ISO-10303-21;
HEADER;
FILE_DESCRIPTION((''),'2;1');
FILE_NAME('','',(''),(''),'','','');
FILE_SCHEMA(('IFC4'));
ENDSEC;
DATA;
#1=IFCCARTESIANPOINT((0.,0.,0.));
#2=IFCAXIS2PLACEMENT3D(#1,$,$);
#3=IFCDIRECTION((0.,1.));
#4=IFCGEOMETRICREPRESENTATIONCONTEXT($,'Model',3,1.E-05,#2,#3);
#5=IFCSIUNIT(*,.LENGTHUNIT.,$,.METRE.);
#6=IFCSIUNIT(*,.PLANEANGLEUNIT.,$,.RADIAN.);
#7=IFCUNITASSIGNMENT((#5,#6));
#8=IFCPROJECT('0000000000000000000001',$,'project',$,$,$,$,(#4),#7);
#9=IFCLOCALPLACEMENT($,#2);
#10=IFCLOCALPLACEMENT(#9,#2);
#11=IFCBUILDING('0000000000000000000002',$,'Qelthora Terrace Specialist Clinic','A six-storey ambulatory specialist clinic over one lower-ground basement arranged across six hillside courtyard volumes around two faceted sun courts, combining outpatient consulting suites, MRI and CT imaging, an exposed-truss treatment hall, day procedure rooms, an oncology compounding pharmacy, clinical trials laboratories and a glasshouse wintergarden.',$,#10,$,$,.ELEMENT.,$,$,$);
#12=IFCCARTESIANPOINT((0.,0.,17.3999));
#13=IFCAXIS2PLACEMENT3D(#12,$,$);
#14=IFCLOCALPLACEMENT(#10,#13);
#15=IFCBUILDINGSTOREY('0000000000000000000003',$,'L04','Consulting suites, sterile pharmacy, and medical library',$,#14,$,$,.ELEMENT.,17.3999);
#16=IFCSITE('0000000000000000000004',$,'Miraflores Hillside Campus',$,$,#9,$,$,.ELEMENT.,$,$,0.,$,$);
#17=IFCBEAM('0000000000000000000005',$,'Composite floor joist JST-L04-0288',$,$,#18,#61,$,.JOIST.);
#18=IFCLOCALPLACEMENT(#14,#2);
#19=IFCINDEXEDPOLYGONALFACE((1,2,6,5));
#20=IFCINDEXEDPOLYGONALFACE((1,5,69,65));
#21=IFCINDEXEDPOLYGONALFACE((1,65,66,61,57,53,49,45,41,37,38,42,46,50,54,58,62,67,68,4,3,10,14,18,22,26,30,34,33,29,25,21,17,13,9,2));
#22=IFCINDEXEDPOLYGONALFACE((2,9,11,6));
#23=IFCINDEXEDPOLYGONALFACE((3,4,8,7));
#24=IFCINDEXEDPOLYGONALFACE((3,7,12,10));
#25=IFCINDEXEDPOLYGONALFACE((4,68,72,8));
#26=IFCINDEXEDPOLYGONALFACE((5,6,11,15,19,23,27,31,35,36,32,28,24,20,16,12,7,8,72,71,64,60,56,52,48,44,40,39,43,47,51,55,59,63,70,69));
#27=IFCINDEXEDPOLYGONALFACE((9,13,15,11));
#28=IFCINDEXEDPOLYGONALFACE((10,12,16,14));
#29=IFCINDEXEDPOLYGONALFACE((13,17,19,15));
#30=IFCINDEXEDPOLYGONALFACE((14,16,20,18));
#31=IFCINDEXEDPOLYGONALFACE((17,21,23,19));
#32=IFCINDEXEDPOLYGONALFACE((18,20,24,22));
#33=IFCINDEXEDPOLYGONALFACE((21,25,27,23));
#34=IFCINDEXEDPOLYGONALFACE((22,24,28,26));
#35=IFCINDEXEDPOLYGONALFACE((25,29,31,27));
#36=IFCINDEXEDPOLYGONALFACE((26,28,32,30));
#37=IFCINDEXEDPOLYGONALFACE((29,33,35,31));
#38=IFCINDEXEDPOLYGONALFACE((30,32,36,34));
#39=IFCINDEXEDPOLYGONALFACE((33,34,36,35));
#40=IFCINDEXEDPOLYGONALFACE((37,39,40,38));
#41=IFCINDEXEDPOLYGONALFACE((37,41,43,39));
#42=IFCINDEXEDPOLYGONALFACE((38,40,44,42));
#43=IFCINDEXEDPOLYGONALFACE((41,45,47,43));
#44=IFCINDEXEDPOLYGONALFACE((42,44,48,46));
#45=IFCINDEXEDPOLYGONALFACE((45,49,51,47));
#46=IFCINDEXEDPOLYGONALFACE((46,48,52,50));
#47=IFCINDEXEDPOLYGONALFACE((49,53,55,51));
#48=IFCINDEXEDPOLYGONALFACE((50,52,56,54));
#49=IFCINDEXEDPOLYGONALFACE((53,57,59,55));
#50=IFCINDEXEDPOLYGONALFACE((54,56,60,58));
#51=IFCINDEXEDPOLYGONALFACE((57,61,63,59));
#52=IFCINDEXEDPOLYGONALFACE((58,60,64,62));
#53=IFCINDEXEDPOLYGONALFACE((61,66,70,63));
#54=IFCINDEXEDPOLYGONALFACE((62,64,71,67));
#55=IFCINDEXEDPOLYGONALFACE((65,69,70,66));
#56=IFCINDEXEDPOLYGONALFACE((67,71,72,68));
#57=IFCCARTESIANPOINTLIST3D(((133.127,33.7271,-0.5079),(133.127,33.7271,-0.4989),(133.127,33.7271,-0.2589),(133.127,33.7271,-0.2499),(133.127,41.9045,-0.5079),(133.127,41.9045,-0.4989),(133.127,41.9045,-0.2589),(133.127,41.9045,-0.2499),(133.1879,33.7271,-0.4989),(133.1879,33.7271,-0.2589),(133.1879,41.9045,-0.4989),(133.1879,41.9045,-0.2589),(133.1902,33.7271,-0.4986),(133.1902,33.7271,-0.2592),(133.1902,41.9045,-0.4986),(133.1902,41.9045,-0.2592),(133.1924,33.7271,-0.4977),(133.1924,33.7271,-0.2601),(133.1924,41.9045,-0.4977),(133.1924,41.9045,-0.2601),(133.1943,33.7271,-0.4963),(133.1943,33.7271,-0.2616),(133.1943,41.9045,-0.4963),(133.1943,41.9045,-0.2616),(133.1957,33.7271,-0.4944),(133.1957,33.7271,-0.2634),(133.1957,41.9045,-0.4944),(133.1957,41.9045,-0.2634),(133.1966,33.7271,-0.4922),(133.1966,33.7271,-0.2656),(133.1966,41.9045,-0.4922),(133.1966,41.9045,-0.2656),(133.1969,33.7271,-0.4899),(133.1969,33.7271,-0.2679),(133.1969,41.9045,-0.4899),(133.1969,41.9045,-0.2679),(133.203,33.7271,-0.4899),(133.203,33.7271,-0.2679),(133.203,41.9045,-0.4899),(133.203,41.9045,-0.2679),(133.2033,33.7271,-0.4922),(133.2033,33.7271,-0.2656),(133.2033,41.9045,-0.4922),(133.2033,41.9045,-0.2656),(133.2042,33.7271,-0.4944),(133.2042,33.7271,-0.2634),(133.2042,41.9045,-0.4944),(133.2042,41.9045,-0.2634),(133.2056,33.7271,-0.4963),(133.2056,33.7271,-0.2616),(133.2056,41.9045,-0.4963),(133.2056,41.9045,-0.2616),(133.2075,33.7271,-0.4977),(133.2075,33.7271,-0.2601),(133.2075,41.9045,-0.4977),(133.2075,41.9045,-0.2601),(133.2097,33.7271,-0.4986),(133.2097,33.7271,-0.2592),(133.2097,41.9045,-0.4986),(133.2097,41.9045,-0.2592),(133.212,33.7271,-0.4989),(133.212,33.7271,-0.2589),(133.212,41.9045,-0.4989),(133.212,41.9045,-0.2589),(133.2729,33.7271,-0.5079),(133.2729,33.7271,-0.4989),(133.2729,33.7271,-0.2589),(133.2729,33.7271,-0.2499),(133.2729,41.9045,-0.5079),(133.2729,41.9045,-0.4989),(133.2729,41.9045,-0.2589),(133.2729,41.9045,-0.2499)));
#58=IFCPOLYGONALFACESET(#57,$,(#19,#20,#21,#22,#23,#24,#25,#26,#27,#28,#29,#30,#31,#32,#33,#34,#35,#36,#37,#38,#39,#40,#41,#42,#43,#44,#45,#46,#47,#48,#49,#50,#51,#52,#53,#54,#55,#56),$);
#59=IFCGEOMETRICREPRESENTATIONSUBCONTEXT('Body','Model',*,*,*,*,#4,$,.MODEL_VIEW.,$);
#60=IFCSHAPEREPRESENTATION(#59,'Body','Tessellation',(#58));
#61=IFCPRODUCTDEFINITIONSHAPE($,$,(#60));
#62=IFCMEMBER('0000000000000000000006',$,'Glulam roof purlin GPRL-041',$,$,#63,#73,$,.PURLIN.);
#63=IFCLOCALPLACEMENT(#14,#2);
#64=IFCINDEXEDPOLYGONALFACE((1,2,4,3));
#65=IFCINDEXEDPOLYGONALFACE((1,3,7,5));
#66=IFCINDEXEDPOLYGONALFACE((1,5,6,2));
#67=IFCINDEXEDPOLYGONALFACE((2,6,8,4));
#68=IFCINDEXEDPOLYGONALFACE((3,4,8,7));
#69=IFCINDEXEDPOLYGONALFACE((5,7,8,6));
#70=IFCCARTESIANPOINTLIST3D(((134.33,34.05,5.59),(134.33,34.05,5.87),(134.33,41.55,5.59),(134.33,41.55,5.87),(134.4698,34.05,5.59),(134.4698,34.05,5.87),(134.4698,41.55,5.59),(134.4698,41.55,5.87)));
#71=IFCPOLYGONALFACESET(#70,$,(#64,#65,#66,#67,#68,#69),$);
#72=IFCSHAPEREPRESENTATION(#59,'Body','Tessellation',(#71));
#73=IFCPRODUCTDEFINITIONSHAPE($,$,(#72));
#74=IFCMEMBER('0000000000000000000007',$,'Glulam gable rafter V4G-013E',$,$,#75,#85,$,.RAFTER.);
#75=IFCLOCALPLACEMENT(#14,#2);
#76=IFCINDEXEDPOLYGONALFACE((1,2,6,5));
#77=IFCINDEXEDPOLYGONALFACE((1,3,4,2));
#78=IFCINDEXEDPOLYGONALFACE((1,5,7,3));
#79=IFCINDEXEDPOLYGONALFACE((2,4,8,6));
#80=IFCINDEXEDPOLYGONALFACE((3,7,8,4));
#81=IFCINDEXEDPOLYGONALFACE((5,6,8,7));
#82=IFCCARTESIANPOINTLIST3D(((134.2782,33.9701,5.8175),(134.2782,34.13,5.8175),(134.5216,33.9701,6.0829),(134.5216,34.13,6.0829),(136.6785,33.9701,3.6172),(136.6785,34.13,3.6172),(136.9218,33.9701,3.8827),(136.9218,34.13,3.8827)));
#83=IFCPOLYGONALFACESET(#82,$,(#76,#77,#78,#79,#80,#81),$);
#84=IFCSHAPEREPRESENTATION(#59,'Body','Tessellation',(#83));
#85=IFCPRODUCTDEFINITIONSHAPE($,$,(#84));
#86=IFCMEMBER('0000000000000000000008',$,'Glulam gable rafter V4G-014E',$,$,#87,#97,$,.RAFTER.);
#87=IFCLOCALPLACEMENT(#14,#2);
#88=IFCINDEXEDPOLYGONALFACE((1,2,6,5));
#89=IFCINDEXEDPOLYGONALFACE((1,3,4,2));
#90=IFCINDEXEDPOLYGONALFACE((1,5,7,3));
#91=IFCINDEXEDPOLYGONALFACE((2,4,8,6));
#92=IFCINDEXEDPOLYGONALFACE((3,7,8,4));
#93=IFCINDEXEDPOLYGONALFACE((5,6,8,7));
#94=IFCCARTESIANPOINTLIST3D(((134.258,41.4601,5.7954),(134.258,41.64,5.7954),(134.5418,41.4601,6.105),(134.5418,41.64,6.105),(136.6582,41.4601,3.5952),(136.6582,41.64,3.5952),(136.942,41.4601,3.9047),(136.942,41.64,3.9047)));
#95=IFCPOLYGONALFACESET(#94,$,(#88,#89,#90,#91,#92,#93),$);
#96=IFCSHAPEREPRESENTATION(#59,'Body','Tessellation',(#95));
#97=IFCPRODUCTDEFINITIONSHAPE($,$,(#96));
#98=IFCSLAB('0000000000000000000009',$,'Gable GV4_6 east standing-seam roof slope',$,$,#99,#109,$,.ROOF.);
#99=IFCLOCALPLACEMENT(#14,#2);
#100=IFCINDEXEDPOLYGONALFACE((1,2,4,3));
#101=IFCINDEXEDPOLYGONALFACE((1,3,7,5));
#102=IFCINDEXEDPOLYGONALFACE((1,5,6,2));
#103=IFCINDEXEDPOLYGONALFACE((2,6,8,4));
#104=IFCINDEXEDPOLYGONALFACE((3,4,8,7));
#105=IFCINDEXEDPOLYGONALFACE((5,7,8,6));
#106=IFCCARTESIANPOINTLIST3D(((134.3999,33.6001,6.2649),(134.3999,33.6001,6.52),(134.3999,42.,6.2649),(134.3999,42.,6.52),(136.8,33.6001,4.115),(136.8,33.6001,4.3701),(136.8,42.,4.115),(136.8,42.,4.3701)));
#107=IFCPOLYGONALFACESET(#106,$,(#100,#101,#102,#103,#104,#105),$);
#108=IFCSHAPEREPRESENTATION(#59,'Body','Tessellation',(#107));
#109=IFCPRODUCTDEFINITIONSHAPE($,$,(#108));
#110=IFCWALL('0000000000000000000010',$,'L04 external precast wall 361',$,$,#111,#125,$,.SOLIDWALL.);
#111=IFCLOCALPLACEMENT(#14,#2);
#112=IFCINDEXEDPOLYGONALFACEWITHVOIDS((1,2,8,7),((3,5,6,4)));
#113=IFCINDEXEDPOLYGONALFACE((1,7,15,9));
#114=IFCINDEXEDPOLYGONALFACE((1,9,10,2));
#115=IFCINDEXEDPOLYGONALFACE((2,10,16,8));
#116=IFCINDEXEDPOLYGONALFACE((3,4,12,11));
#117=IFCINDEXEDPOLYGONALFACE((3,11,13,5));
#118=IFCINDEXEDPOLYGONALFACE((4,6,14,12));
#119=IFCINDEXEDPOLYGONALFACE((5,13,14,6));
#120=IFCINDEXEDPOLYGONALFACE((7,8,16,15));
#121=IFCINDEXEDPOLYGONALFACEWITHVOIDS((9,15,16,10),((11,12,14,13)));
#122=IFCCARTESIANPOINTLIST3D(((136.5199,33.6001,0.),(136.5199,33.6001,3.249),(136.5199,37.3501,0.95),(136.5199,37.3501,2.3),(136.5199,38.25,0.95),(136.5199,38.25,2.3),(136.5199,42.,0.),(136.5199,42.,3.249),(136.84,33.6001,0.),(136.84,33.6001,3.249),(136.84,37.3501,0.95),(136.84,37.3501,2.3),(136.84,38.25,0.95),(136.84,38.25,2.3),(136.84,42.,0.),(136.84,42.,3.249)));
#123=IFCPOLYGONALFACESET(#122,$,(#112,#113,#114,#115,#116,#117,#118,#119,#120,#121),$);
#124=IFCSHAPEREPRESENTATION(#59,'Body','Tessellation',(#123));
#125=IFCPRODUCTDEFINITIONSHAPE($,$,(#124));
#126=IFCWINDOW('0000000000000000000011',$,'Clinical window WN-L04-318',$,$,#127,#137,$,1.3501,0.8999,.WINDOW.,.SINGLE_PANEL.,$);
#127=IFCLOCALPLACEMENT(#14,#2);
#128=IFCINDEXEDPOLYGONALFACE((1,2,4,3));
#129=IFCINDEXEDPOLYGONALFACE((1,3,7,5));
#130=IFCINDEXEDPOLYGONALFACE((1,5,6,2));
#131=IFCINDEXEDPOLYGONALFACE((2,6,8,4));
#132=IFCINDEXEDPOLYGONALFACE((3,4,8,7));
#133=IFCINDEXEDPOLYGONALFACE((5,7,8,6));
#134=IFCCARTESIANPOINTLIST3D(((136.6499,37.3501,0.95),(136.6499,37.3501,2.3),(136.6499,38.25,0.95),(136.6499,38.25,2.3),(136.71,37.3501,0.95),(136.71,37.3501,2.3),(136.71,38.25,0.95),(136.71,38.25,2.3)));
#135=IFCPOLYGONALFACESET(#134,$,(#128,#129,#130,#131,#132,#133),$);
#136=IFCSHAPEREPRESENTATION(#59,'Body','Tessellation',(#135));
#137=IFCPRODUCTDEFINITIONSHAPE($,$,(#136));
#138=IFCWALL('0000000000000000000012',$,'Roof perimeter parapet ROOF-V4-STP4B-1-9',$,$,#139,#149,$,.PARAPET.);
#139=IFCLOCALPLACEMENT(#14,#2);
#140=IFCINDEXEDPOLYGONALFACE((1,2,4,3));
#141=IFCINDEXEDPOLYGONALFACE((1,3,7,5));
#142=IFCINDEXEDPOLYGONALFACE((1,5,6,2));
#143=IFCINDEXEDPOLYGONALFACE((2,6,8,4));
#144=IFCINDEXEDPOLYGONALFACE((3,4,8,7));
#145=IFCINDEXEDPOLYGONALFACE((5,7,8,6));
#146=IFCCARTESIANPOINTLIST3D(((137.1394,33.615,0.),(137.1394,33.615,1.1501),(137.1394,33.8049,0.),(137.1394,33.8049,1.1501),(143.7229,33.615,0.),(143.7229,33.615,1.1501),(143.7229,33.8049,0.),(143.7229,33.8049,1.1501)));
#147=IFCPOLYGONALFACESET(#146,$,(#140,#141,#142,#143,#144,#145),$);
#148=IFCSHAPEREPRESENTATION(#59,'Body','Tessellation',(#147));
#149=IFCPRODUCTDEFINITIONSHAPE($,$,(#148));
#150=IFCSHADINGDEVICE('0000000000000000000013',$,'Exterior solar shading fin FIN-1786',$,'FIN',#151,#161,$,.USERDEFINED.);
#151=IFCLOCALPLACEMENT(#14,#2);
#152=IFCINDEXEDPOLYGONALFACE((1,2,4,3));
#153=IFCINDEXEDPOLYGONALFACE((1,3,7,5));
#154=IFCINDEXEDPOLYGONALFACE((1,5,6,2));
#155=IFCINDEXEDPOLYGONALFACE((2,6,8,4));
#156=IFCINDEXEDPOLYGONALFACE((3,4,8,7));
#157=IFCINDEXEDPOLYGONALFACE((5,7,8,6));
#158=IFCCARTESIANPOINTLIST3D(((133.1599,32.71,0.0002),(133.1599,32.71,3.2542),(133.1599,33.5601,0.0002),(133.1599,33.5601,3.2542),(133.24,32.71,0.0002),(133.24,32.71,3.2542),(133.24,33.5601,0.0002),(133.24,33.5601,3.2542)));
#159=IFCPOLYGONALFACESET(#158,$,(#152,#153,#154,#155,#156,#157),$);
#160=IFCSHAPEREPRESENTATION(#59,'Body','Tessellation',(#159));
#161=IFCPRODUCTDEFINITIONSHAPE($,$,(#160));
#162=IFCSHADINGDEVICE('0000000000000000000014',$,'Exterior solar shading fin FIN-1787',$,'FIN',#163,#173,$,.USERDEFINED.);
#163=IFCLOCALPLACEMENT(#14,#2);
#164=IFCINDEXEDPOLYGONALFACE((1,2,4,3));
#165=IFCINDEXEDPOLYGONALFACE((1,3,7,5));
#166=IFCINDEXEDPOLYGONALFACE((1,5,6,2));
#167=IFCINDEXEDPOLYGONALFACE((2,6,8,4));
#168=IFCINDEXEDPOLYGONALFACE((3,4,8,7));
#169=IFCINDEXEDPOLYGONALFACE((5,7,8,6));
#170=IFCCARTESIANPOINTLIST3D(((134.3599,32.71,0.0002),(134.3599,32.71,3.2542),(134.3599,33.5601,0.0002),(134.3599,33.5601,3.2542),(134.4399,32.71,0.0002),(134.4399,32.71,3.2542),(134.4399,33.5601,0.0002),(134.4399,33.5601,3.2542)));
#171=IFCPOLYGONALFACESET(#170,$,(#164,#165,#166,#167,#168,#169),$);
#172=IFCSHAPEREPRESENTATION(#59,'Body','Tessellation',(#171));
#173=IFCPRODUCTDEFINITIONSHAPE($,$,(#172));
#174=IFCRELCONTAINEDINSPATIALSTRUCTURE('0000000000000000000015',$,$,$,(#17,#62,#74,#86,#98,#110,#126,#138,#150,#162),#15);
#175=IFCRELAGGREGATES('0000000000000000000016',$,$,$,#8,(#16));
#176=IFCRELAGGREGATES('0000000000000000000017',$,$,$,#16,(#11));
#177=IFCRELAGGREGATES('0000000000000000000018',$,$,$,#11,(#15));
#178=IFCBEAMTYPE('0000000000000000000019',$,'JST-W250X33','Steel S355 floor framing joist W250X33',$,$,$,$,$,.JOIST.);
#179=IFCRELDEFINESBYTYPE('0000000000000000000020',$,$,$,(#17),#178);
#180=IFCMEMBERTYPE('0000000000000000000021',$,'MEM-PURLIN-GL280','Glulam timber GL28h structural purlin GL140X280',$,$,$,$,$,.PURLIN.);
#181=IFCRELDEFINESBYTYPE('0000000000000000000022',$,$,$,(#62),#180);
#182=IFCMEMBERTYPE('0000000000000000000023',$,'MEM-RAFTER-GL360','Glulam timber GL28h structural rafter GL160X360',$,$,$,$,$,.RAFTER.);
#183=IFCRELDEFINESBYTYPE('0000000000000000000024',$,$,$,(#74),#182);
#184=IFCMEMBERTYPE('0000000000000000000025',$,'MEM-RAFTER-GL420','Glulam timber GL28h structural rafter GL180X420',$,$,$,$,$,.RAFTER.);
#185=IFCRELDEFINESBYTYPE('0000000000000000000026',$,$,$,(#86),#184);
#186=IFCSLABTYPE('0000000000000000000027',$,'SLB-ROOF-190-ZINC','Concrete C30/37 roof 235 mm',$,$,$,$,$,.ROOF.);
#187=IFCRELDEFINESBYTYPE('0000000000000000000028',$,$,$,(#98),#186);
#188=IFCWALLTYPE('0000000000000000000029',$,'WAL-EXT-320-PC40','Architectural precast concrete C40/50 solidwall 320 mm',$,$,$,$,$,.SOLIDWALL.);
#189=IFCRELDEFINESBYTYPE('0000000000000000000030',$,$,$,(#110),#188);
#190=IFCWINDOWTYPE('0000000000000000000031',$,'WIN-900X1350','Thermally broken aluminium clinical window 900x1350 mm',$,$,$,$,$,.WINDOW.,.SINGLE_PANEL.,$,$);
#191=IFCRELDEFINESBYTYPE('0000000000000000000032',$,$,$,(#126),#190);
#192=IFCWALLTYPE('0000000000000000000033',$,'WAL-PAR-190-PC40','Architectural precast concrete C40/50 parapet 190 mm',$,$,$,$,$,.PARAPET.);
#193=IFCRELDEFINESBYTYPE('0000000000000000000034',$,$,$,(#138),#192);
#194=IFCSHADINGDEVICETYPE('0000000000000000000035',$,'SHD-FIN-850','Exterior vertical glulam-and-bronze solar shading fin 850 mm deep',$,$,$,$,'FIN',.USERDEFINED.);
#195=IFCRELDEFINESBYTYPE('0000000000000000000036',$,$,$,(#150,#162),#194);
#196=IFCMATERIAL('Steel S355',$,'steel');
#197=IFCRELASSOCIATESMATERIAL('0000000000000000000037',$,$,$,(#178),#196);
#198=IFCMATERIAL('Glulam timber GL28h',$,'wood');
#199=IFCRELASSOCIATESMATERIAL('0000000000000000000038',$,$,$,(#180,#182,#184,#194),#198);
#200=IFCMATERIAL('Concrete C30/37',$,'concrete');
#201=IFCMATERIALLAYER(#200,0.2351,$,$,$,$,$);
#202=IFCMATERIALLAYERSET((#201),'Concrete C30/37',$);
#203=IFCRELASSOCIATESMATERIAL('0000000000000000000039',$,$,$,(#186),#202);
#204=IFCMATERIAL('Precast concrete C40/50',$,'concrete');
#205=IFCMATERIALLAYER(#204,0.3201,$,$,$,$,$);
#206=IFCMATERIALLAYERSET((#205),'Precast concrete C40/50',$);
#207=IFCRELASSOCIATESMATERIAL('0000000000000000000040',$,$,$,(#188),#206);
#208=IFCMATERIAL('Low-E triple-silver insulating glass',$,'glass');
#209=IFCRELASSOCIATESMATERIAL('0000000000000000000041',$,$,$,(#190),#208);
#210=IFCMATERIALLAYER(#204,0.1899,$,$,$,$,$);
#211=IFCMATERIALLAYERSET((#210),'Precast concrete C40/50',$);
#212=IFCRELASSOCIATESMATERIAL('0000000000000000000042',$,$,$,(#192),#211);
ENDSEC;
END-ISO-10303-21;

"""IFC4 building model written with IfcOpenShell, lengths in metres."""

from ifc_helpers import new_model, si_unit, direction, frame, frame_2d, origin, origin_2d, place, context, subcontext, project, spatial, polyline, rectangle, i_section, outline, extrude, material, layer, layer_set, material_profile, profile_set, type_object, element, fill, save


model = new_model("IFC4")

# Units and contexts
model_context = context("Model", 3, precision=1e-05, world=origin(), true_north=direction((0.0, 1.0)))
body_context = subcontext(model_context, "Body", "Model", "MODEL_VIEW")
ifc_project = project(units=[si_unit("LENGTHUNIT", "METRE"), si_unit("PLANEANGLEUNIT", "RADIAN")], contexts=[model_context])

# Site, building, storey
site_placement = place(None, origin())
site = spatial("IfcSite", under=ifc_project, at=site_placement, Name="Miraflores Hillside Campus", CompositionType="ELEMENT", RefElevation=0.0)
building_placement = place(site_placement, origin())
building = spatial("IfcBuilding", under=site, at=building_placement, Name="Qelthora Terrace Specialist Clinic", Description="A six-storey ambulatory specialist clinic over one lower-ground basement arranged across six hillside courtyard volumes around two faceted sun courts, combining outpatient consulting suites, MRI and CT imaging, an exposed-truss treatment hall, day procedure rooms, an oncology compounding pharmacy, clinical trials laboratories and a glasshouse wintergarden.", CompositionType="ELEMENT")
storey_placement = place(building_placement, frame((0.0, 0.0, 17.3999)))
storey = spatial("IfcBuildingStorey", under=building, at=storey_placement, Name="L04", Description="Consulting suites, sterile pharmacy, and medical library", CompositionType="ELEMENT", Elevation=17.3999)

# Shared definitions
ifc_material_1 = material(Name="Steel S355", Category="steel")

# Beam
ifc_material_profile_1 = material_profile(ifc_material_1, i_section(OverallWidth=0.146, OverallDepth=0.2581, WebThickness=0.0061, FlangeThickness=0.009, FilletRadius=0.009, at=origin_2d()), Name="W250X33")
ifc_profile_set_1 = profile_set([ifc_material_profile_1], Name="Steel S355")
beam_type_1 = type_object("IfcBeamType", Name="JST-W250X33", Description="Steel S355 floor framing joist W250X33", PredefinedType="JOIST", material=ifc_profile_set_1)
beam_1_placement = place(storey_placement, frame((133.2, 33.7271, -0.3789), z_axis=(0.0, 1.0, 0.0), x_axis=(-1.0, 0.0, 0.0)))
element("IfcBeam", 1, at=beam_1_placement, inside=storey, type_object=beam_type_1, Name="Composite floor joist JST-L04-0288", PredefinedType="JOIST", context=body_context, shape_type="SweptSolid", body=[
    extrude(i_section(OverallWidth=0.146, OverallDepth=0.2581, WebThickness=0.0061, FlangeThickness=0.009, FilletRadius=0.009, at=origin_2d()), origin(), (0.0, 0.0, 1.0), 8.1775),
])

# Members
ifc_material_2 = material(Name="Glulam timber GL28h", Category="wood")
ifc_material_profile_2 = material_profile(ifc_material_2, rectangle(XDim=0.1399, YDim=0.28, at=origin_2d()), Name="GL140X280")
ifc_profile_set_2 = profile_set([ifc_material_profile_2], Name="Glulam timber GL28h")
member_type_1 = type_object("IfcMemberType", Name="MEM-PURLIN-GL280", Description="Glulam timber GL28h structural purlin GL140X280", PredefinedType="PURLIN", material=ifc_profile_set_2)
member_1_placement = place(storey_placement, frame((134.3999, 34.05, 5.73), z_axis=(0.0, 1.0, 0.0), x_axis=(-1.0, 0.0, 0.0)))
element("IfcMember", 2, at=member_1_placement, inside=storey, type_object=member_type_1, Name="Glulam roof purlin GPRL-041", PredefinedType="PURLIN", context=body_context, shape_type="SweptSolid", body=[
    extrude(rectangle(XDim=0.1399, YDim=0.28, at=origin_2d()), origin(), (0.0, 0.0, 1.0), 7.5),
])
ifc_material_profile_3 = material_profile(ifc_material_2, rectangle(XDim=0.1599, YDim=0.3601, at=origin_2d()), Name="GL160X360")
ifc_profile_set_3 = profile_set([ifc_material_profile_3], Name="Glulam timber GL28h")
member_type_2 = type_object("IfcMemberType", Name="MEM-RAFTER-GL360", Description="Glulam timber GL28h structural rafter GL160X360", PredefinedType="RAFTER", material=ifc_profile_set_3)
member_2_placement = place(storey_placement, frame((134.3999, 34.05, 5.9502), z_axis=(0.737145, 0.0, -0.675735), x_axis=(0.0, 1.0, 0.0)))
element("IfcMember", 3, at=member_2_placement, inside=storey, type_object=member_type_2, Name="Glulam gable rafter V4G-013E", PredefinedType="RAFTER", context=body_context, shape_type="SweptSolid", body=[
    extrude(rectangle(XDim=0.1599, YDim=0.3601, at=origin_2d()), origin(), (0.0, 0.0, 1.0), 3.2561),
])
ifc_material_profile_4 = material_profile(ifc_material_2, rectangle(XDim=0.1799, YDim=0.4199, at=origin_2d()), Name="GL180X420")
ifc_profile_set_4 = profile_set([ifc_material_profile_4], Name="Glulam timber GL28h")
member_type_3 = type_object("IfcMemberType", Name="MEM-RAFTER-GL420", Description="Glulam timber GL28h structural rafter GL180X420", PredefinedType="RAFTER", material=ifc_profile_set_4)
member_3_placement = place(storey_placement, frame((134.3999, 41.55, 5.9502), z_axis=(0.737145, 0.0, -0.675735), x_axis=(0.0, 1.0, 0.0)))
element("IfcMember", 4, at=member_3_placement, inside=storey, type_object=member_type_3, Name="Glulam gable rafter V4G-014E", PredefinedType="RAFTER", context=body_context, shape_type="SweptSolid", body=[
    extrude(rectangle(XDim=0.1799, YDim=0.4199, at=origin_2d()), origin(), (0.0, 0.0, 1.0), 3.2561),
])

# Slab
ifc_material_3 = material(Name="Concrete C30/37", Category="concrete")
ifc_layer_1 = layer(ifc_material_3, 0.2351)
ifc_layer_set_1 = layer_set([ifc_layer_1], Name="Concrete C30/37")
slab_type = type_object("IfcSlabType", Name="SLB-ROOF-190-ZINC", Description="Concrete C30/37 roof 235 mm", PredefinedType="ROOF", material=ifc_layer_set_1)
slab_placement = place(storey_placement, frame((134.3999, 33.6001, 6.2649), z_axis=(0.667209, 0.0, 0.744871), x_axis=(0.744871, 0.0, -0.667209)))
element("IfcSlab", 5, at=slab_placement, inside=storey, type_object=slab_type, Name="Gable GV4_6 east standing-seam roof slope", PredefinedType="ROOF", context=body_context, shape_type="SweptSolid", body=[
    extrude(outline(polyline([(0.0, 0.0), (3.2222, 0.0), (3.2222, 8.3999), (0.0, 8.3999), (0.0, 0.0)])), origin(), (-0.667209, 0.0, 0.744871), 0.2551),
])

# Wall, opening, window
ifc_material_4 = material(Name="Precast concrete C40/50", Category="concrete")
ifc_layer_2 = layer(ifc_material_4, 0.3201)
ifc_layer_set_2 = layer_set([ifc_layer_2], Name="Precast concrete C40/50")
wall_type_1 = type_object("IfcWallType", Name="WAL-EXT-320-PC40", Description="Architectural precast concrete C40/50 solidwall 320 mm", PredefinedType="SOLIDWALL", material=ifc_layer_set_2)
wall_1_placement = place(storey_placement, frame((136.6799, 33.6001, 0.0), z_axis=(0.0, 0.0, 1.0), x_axis=(0.0, 1.0, 0.0)))
wall_1 = element("IfcWall", 6, at=wall_1_placement, inside=storey, type_object=wall_type_1, Name="L04 external precast wall 361", PredefinedType="SOLIDWALL", context=body_context, shape_type="SweptSolid", body=[
    extrude(rectangle(XDim=8.3999, YDim=0.3201, at=frame_2d((4.2, 0.0))), origin(), (0.0, 0.0, 1.0), 3.249),
])
opening_placement = place(wall_1_placement, frame((3.75, 0.0, 0.95)))
opening = element("IfcOpeningElement", 7, at=opening_placement, cuts=wall_1, PredefinedType="OPENING", context=body_context, shape_type="SweptSolid", body=[
    extrude(rectangle(XDim=0.8999, YDim=1.3501, at=frame_2d((0.45, 0.675))), frame((0.0, 0.1699, 0.0), z_axis=(0.0, -1.0, 0.0), x_axis=(1.0, 0.0, 0.0)), (0.0, 0.0, 1.0), 0.3401),
])
ifc_material_5 = material(Name="Low-E triple-silver insulating glass", Category="glass")
window_type = type_object("IfcWindowType", Name="WIN-900X1350", Description="Thermally broken aluminium clinical window 900x1350 mm", PartitioningType="SINGLE_PANEL", PredefinedType="WINDOW", material=ifc_material_5)
window_placement = place(opening_placement, origin())
window = element("IfcWindow", 8, at=window_placement, inside=storey, type_object=window_type, Name="Clinical window WN-L04-318", OverallHeight=1.3501, OverallWidth=0.8999, PartitioningType="SINGLE_PANEL", PredefinedType="WINDOW", context=body_context, shape_type="SweptSolid", body=[
    extrude(rectangle(XDim=0.8999, YDim=1.3501, at=frame_2d((0.45, 0.675))), frame((0.0, 0.03, 0.0), z_axis=(0.0, -1.0, 0.0), x_axis=(1.0, 0.0, 0.0)), (0.0, 0.0, 1.0), 0.0601),
])
fill(opening, window)

# Wall
ifc_layer_3 = layer(ifc_material_4, 0.1899)
ifc_layer_set_3 = layer_set([ifc_layer_3], Name="Precast concrete C40/50")
wall_type_2 = type_object("IfcWallType", Name="WAL-PAR-190-PC40", Description="Architectural precast concrete C40/50 parapet 190 mm", PredefinedType="PARAPET", material=ifc_layer_set_3)
wall_2_placement = place(storey_placement, frame((143.7229, 33.71, 0.0), z_axis=(0.0, 0.0, 1.0), x_axis=(-1.0, 0.0, 0.0)))
element("IfcWall", 9, at=wall_2_placement, inside=storey, type_object=wall_type_2, Name="Roof perimeter parapet ROOF-V4-STP4B-1-9", PredefinedType="PARAPET", context=body_context, shape_type="SweptSolid", body=[
    extrude(rectangle(XDim=6.5835, YDim=0.1899, at=frame_2d((3.2917, 0.0))), origin(), (0.0, 0.0, 1.0), 1.1501),
])

# Shading devices
shading_device_type = type_object("IfcShadingDeviceType", Name="SHD-FIN-850", Description="Exterior vertical glulam-and-bronze solar shading fin 850 mm deep", ElementType="FIN", PredefinedType="USERDEFINED", material=ifc_material_2)
for number, where, z_axis, x_axis, name in (
    (10, (133.2, 33.135, 0.0002), (0.0, 0.0, 1.0), (0.0, -1.0, 0.0), "Exterior solar shading fin FIN-1786"),
    (11, (134.3999, 33.135, 0.0002), (0.0, 0.0, 1.0), (0.0, -1.0, 0.0), "Exterior solar shading fin FIN-1787"),
):
    element("IfcShadingDevice", number, at=place(storey_placement, frame(where, z_axis=z_axis, x_axis=x_axis)), inside=storey, type_object=shading_device_type, Name=name, ObjectType="FIN", PredefinedType="USERDEFINED", context=body_context, shape_type="SweptSolid", body=[
        extrude(rectangle(XDim=0.8501, YDim=0.0801, at=origin_2d()), origin(), (0.0, 0.0, 1.0), 3.2539),
    ])

save(model, "model.ifc")
